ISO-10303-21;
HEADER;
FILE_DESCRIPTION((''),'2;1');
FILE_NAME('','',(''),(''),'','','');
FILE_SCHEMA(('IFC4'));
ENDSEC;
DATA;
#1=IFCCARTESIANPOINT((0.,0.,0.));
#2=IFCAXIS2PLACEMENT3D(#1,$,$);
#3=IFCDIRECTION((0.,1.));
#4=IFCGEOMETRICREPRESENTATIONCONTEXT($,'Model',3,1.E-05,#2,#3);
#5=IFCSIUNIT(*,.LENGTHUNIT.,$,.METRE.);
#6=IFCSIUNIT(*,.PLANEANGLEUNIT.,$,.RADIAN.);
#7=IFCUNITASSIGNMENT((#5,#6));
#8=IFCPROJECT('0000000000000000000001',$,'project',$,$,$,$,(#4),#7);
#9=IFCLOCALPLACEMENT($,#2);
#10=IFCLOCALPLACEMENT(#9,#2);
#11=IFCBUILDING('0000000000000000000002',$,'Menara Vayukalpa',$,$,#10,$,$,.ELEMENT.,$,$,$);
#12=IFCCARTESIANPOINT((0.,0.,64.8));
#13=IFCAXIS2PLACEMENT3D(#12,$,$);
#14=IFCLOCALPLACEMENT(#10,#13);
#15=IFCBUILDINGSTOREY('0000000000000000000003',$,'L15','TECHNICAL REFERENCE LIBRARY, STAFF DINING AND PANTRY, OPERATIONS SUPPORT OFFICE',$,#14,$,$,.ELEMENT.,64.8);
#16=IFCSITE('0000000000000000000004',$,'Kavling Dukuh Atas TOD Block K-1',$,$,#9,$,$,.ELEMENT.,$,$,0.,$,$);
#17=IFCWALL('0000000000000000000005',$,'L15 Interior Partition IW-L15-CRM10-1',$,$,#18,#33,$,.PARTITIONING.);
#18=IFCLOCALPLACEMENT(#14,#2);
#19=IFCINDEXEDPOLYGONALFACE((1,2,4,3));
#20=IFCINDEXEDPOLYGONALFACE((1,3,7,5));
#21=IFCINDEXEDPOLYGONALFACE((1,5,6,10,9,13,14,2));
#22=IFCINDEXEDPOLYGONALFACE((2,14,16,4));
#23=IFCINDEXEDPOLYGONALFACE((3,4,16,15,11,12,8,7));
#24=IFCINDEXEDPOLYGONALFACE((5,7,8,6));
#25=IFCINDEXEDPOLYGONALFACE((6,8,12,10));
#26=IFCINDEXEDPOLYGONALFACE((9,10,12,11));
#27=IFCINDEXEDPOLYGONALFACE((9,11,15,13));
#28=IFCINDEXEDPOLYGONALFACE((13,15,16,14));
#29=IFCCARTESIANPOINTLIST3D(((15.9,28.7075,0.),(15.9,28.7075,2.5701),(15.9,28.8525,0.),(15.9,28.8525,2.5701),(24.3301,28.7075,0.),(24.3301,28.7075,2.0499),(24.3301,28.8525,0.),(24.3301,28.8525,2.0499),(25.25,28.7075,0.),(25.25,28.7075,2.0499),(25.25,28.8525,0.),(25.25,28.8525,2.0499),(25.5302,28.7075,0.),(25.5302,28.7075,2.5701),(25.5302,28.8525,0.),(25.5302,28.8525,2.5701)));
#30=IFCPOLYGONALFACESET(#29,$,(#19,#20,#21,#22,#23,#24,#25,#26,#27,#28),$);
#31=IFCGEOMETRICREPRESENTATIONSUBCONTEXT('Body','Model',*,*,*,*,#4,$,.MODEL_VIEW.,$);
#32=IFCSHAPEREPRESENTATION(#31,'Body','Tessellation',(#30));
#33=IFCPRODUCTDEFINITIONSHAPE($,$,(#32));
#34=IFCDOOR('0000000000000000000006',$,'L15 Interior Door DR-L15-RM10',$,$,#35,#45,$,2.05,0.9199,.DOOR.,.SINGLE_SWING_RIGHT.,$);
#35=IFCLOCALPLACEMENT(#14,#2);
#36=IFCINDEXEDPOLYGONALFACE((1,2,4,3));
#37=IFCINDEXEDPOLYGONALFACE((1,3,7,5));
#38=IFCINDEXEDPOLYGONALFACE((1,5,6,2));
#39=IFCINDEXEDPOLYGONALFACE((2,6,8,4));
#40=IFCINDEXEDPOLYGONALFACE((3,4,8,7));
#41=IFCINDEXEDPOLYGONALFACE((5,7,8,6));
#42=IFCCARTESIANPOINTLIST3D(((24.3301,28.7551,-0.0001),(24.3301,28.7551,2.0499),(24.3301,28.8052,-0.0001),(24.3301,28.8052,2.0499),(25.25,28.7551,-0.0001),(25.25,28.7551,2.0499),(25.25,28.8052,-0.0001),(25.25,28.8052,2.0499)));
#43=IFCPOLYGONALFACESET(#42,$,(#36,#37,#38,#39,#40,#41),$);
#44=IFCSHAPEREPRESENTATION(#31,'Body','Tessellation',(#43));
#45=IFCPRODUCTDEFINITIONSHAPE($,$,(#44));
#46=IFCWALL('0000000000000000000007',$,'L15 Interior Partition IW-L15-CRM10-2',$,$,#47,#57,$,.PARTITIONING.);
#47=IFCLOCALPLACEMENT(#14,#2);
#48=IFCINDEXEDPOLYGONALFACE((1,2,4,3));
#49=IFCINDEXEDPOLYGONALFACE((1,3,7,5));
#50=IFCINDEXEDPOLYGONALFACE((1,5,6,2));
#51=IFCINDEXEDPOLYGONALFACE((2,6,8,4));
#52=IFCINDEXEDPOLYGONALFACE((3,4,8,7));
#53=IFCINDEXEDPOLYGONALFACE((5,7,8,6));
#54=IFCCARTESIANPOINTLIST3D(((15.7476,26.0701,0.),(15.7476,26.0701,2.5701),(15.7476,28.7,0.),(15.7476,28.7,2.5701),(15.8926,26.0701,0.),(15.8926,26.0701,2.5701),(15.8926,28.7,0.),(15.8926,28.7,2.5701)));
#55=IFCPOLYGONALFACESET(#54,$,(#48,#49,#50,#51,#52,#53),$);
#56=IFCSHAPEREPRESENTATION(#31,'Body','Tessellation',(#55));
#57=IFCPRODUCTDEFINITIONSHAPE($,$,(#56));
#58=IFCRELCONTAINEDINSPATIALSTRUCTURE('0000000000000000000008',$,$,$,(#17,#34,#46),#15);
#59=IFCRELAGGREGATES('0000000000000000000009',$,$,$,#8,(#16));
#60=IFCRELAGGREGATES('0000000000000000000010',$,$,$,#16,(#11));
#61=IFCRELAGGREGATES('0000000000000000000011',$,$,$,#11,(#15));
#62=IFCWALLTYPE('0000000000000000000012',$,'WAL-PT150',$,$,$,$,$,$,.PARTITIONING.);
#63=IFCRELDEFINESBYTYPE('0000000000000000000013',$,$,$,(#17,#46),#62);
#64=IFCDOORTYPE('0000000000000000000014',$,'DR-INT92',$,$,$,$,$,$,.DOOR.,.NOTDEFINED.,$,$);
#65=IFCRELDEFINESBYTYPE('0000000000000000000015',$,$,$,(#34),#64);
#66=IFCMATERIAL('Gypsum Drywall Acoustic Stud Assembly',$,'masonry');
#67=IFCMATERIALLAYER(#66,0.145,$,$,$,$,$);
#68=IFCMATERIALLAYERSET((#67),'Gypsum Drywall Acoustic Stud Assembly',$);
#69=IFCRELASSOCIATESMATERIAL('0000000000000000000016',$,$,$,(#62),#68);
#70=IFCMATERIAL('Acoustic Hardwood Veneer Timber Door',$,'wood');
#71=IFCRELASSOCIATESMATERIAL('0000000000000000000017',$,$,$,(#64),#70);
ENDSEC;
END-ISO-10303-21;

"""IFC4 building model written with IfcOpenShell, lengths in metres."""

from ifc_helpers import new_model, si_unit, direction, frame, frame_2d, origin, place, context, subcontext, project, spatial, rectangle, extrude, material, layer, layer_set, type_object, element, fill, save


model = new_model("IFC4")

# Units and contexts
model_context = context("Model", 3, precision=1e-05, world=origin(), true_north=direction((0.0, 1.0)))
body_context = subcontext(model_context, "Body", "Model", "MODEL_VIEW")
ifc_project = project(units=[si_unit("LENGTHUNIT", "METRE"), si_unit("PLANEANGLEUNIT", "RADIAN")], contexts=[model_context])

# Site, building, storey
site_placement = place(None, origin())
site = spatial("IfcSite", under=ifc_project, at=site_placement, Name="Kavling Dukuh Atas TOD Block K-1", CompositionType="ELEMENT", RefElevation=0.0)
building_placement = place(site_placement, origin())
building = spatial("IfcBuilding", under=site, at=building_placement, Name="Menara Vayukalpa", CompositionType="ELEMENT")
storey_placement = place(building_placement, frame((0.0, 0.0, 64.8)))
storey = spatial("IfcBuildingStorey", under=building, at=storey_placement, Name="L15", Description="TECHNICAL REFERENCE LIBRARY, STAFF DINING AND PANTRY, OPERATIONS SUPPORT OFFICE", CompositionType="ELEMENT", Elevation=64.8)

# Wall, opening, door
ifc_material_1 = material(Name="Gypsum Drywall Acoustic Stud Assembly", Category="masonry")
ifc_layer_1 = layer(ifc_material_1, 0.145)
ifc_layer_set_1 = layer_set([ifc_layer_1], Name="Gypsum Drywall Acoustic Stud Assembly")
wall_type_1 = type_object("IfcWallType", Name="WAL-PT150", PredefinedType="PARTITIONING", material=ifc_layer_set_1)
wall_1_placement = place(storey_placement, frame((25.53, 28.78, 0.0), z_axis=(0.0, 0.0, 1.0), x_axis=(-1.0, 0.0, 0.0)))
wall_1 = element("IfcWall", 1, at=wall_1_placement, inside=storey, type_object=wall_type_1, Name="L15 Interior Partition IW-L15-CRM10-1", PredefinedType="PARTITIONING", context=body_context, shape_type="SweptSolid", body=[
    extrude(rectangle(XDim=9.6301, YDim=0.145, at=frame_2d((4.8149, 0.0))), origin(), (0.0, 0.0, 1.0), 2.5701),
])
opening_placement = place(wall_1_placement, frame((0.28, 0.0, 0.0)))
opening = element("IfcOpeningElement", 2, at=opening_placement, cuts=wall_1, PredefinedType="OPENING", context=body_context, shape_type="SweptSolid", body=[
    extrude(rectangle(XDim=0.9199, YDim=2.05, at=frame_2d((0.46, 1.0249))), frame((0.0, 0.0825, 0.0), z_axis=(0.0, -1.0, 0.0), x_axis=(1.0, 0.0, 0.0)), (0.0, 0.0, 1.0), 0.165),
])
ifc_material_2 = material(Name="Acoustic Hardwood Veneer Timber Door", Category="wood")
door_type = type_object("IfcDoorType", Name="DR-INT92", OperationType="NOTDEFINED", PredefinedType="DOOR", material=ifc_material_2)
door_placement = place(opening_placement, origin())
door = element("IfcDoor", 3, at=door_placement, inside=storey, type_object=door_type, Name="L15 Interior Door DR-L15-RM10", OperationType="SINGLE_SWING_RIGHT", OverallHeight=2.05, OverallWidth=0.9199, PredefinedType="DOOR", context=body_context, shape_type="SweptSolid", body=[
    extrude(rectangle(XDim=0.9199, YDim=2.05, at=frame_2d((0.46, 1.0249))), frame((0.0, 0.0249, 0.0), z_axis=(0.0, -1.0, 0.0), x_axis=(1.0, 0.0, 0.0)), (0.0, 0.0, 1.0), 0.05),
])
fill(opening, door)

# Wall
wall_2_placement = place(storey_placement, frame((15.8201, 28.7, 0.0), z_axis=(0.0, 0.0, 1.0), x_axis=(0.0, -1.0, 0.0)))
element("IfcWall", 4, at=wall_2_placement, inside=storey, type_object=wall_type_1, Name="L15 Interior Partition IW-L15-CRM10-2", PredefinedType="PARTITIONING", context=body_context, shape_type="SweptSolid", body=[
    extrude(rectangle(XDim=2.6299, YDim=0.145, at=frame_2d((1.3149, 0.0))), origin(), (0.0, 0.0, 1.0), 2.5701),
])

save(model, "model.ifc")
